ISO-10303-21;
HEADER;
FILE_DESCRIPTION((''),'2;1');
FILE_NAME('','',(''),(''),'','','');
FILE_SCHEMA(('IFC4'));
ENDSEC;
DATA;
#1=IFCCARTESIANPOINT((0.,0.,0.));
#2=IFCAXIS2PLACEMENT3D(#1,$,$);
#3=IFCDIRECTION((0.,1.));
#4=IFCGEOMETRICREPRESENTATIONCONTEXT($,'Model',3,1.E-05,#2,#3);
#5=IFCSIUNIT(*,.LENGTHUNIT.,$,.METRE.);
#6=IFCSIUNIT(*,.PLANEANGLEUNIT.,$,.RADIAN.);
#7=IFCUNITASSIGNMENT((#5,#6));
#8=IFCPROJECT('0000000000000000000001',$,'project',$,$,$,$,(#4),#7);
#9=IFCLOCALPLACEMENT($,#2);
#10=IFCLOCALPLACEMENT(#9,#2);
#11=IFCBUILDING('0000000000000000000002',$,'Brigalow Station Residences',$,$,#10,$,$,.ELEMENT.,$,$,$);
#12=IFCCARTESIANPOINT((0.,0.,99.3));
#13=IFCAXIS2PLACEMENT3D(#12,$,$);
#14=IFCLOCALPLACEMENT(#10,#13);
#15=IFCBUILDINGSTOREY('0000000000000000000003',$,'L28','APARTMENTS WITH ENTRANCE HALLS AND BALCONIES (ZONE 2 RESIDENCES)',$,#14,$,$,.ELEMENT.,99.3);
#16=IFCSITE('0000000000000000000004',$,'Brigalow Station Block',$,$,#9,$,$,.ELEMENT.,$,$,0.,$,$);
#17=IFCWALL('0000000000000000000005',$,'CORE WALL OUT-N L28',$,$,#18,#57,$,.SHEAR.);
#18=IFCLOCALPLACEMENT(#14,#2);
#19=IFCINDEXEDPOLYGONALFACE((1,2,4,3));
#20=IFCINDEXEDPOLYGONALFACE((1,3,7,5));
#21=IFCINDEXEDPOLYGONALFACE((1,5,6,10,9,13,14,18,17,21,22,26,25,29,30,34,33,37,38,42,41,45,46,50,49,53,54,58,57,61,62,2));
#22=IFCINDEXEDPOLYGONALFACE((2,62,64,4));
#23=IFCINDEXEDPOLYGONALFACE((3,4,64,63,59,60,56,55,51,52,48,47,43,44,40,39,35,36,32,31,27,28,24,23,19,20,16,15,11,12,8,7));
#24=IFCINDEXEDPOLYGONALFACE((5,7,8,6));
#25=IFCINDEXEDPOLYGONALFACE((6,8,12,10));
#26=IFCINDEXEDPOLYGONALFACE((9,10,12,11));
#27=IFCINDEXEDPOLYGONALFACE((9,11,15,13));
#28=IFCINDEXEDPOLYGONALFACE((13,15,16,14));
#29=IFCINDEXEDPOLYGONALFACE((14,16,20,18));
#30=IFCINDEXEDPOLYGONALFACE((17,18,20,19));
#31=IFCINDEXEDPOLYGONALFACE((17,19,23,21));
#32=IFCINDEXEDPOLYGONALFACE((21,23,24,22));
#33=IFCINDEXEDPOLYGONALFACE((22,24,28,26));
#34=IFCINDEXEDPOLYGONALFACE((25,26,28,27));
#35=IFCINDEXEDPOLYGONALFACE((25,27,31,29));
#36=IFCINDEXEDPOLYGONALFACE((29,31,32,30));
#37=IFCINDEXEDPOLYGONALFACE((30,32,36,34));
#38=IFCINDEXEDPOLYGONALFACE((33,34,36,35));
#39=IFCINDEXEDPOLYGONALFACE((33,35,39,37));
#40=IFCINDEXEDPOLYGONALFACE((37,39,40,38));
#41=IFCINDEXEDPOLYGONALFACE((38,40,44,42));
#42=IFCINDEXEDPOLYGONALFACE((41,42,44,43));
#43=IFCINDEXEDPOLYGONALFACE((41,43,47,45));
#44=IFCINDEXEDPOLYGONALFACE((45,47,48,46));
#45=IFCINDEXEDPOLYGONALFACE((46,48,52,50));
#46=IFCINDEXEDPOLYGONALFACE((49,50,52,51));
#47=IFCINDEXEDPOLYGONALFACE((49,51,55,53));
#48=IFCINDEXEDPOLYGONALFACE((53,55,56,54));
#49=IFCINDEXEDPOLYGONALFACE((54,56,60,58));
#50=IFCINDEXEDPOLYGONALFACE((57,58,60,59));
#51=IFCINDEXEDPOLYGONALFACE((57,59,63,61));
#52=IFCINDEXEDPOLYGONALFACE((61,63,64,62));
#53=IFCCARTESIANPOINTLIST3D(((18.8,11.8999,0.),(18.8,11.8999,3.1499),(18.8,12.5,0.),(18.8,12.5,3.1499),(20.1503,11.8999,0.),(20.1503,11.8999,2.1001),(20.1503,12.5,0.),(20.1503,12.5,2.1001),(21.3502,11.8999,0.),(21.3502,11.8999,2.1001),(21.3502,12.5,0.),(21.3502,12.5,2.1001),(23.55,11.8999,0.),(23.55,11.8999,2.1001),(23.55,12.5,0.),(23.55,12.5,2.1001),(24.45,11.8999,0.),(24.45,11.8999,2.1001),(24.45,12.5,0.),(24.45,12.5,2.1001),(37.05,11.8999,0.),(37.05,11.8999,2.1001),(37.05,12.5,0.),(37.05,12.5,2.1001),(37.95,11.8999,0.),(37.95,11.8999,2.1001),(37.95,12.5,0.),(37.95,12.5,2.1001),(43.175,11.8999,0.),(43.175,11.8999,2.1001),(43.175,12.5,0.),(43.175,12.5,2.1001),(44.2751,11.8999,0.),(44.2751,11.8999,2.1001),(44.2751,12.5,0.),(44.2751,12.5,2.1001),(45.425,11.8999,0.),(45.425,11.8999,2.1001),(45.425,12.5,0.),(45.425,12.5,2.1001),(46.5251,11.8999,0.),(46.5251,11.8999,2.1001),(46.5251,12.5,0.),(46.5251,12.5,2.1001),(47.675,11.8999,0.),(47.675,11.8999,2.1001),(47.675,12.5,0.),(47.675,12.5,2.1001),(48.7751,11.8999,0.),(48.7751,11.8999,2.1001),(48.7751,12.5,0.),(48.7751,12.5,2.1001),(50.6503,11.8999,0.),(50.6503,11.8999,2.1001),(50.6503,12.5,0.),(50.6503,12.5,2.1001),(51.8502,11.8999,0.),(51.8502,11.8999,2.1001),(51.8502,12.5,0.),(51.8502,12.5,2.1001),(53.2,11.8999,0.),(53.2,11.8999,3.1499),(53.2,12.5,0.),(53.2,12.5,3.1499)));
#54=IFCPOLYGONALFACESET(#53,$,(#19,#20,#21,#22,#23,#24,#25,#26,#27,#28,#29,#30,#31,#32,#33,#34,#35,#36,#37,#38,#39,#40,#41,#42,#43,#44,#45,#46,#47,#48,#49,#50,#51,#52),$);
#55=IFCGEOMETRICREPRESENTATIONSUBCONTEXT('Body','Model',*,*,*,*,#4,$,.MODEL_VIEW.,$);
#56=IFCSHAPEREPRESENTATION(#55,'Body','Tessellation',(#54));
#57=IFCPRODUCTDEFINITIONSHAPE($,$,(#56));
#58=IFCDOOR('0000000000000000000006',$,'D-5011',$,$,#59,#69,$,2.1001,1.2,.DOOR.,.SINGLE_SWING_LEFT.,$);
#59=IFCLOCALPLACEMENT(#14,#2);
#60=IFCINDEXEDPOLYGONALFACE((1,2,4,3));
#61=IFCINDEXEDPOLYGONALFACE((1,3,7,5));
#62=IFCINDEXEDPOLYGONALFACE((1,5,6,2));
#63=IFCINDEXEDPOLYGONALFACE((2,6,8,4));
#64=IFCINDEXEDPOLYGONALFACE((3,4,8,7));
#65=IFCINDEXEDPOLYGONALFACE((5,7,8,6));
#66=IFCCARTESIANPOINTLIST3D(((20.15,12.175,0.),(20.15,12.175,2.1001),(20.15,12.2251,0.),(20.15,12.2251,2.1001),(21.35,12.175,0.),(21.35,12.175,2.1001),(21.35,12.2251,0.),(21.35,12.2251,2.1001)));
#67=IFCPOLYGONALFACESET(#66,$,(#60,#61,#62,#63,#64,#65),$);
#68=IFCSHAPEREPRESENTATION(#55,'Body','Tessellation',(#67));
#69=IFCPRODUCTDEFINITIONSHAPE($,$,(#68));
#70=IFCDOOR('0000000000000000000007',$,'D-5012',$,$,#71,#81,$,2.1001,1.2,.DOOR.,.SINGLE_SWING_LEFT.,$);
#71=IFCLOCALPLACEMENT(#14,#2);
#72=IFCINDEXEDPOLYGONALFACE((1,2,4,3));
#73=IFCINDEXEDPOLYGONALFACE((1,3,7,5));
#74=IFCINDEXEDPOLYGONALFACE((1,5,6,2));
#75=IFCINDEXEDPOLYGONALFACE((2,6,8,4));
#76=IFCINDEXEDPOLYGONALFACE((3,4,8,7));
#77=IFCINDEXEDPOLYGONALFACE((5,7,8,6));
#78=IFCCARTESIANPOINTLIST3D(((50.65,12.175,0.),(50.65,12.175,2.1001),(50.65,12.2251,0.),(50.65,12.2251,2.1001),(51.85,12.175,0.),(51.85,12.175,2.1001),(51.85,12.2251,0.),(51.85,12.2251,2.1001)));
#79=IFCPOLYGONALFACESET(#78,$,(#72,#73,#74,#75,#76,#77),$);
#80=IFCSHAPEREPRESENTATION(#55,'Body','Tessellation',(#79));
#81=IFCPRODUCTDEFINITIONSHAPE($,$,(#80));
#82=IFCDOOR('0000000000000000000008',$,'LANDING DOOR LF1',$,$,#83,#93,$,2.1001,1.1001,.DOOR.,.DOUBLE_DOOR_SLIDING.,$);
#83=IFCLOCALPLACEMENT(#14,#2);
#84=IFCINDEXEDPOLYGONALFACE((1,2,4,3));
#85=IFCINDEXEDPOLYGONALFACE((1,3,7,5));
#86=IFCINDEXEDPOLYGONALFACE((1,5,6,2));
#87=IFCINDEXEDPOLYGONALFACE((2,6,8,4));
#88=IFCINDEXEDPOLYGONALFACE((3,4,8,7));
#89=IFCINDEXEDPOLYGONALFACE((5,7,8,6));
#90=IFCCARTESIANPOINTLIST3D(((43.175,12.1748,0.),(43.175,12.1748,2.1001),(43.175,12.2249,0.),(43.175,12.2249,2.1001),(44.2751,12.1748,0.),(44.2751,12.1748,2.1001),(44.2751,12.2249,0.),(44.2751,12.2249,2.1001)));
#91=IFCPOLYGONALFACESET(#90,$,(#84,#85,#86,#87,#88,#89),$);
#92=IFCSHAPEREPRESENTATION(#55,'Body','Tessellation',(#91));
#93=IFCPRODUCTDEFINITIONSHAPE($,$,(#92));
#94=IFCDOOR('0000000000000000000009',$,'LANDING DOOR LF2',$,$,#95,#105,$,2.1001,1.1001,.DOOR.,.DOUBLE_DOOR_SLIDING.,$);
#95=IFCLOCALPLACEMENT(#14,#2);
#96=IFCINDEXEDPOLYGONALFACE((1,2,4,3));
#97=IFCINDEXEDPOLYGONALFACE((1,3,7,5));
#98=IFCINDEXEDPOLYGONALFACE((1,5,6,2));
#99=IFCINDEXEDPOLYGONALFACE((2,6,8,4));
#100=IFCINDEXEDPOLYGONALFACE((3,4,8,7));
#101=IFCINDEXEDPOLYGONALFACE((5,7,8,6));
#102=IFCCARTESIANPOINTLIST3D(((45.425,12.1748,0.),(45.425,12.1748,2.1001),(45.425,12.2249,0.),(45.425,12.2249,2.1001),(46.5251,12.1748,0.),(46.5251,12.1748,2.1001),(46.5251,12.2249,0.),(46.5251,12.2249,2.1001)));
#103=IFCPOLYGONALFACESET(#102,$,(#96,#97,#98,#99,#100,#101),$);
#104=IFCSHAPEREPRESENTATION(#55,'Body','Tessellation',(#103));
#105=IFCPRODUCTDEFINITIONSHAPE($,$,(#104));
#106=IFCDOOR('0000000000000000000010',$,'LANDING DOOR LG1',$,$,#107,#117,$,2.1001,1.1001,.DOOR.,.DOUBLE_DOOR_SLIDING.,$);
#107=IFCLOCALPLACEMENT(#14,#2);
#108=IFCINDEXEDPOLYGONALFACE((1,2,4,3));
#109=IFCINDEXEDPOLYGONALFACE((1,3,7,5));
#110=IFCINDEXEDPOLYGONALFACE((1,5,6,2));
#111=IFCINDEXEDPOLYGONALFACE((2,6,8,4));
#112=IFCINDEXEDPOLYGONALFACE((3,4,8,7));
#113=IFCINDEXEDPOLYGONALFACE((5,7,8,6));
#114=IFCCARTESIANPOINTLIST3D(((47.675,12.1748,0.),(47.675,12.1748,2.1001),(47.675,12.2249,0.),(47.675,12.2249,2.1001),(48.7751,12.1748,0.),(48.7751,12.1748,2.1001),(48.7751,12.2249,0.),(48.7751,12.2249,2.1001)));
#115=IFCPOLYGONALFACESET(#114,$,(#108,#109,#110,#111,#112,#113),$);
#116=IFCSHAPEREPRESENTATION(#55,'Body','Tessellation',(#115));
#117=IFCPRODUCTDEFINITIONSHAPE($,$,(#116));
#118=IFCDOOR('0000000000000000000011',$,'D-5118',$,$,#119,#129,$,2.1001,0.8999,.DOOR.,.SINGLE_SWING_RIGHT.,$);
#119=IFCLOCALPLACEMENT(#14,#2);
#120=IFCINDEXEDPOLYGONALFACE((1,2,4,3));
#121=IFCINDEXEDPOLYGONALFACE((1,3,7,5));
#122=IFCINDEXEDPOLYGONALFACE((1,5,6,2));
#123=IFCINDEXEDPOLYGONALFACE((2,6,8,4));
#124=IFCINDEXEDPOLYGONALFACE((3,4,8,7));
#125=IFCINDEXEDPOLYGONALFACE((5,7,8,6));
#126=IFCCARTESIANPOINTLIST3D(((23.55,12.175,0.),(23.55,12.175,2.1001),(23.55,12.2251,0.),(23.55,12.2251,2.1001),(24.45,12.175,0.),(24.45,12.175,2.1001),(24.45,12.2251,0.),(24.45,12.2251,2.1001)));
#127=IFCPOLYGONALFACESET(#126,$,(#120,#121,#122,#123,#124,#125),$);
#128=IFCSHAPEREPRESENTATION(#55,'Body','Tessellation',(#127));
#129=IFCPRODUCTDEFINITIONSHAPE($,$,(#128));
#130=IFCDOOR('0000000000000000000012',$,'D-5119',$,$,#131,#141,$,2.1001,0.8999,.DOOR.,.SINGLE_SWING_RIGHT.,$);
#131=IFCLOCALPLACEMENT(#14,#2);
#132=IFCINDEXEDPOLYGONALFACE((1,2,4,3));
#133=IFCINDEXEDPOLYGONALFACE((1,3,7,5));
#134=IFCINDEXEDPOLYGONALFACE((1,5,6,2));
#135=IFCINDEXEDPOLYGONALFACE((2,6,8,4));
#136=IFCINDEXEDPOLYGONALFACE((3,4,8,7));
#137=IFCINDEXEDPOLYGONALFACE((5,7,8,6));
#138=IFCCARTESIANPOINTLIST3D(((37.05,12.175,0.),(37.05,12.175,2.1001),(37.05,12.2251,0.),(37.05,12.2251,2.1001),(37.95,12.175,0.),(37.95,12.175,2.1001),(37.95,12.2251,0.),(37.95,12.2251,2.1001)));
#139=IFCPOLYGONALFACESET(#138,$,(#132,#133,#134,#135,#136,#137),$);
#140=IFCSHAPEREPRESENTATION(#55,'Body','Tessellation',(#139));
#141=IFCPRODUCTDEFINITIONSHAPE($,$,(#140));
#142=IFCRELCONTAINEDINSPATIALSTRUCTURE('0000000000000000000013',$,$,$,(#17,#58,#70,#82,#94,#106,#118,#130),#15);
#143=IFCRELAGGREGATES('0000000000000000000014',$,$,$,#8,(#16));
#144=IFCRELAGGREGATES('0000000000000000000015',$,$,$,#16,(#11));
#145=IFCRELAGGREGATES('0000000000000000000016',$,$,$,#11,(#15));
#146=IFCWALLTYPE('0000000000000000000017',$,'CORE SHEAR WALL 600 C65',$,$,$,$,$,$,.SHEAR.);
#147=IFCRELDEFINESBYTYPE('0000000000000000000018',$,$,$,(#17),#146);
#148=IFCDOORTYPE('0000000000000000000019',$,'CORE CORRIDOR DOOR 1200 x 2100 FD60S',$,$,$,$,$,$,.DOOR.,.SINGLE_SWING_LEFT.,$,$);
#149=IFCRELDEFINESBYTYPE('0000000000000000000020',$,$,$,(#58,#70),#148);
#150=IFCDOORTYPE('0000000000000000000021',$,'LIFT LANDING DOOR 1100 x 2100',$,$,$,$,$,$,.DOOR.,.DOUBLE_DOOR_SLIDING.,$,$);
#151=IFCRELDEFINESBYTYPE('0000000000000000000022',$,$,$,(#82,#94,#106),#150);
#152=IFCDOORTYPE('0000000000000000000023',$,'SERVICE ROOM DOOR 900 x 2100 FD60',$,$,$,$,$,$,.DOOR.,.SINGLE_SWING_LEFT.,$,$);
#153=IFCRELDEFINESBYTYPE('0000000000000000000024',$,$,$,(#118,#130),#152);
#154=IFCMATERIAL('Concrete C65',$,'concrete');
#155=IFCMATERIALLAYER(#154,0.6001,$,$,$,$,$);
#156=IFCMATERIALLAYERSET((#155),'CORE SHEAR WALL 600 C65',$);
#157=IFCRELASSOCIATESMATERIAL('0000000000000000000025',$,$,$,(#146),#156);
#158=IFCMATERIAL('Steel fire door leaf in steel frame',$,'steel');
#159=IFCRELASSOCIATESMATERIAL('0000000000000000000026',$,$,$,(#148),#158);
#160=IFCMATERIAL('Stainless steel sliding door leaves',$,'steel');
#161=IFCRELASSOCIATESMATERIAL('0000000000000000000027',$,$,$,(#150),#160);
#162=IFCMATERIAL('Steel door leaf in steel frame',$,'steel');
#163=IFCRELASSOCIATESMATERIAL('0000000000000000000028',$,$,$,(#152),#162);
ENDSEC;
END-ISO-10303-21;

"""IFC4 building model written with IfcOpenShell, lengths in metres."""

from ifc_helpers import new_model, si_unit, direction, frame, frame_2d, origin, place, context, subcontext, project, spatial, rectangle, extrude, material, layer, layer_set, type_object, element, fill, save


model = new_model("IFC4")

# Units and contexts
model_context = context("Model", 3, precision=1e-05, world=origin(), true_north=direction((0.0, 1.0)))
body_context = subcontext(model_context, "Body", "Model", "MODEL_VIEW")
ifc_project = project(units=[si_unit("LENGTHUNIT", "METRE"), si_unit("PLANEANGLEUNIT", "RADIAN")], contexts=[model_context])

# Site, building, storey
site_placement = place(None, origin())
site = spatial("IfcSite", under=ifc_project, at=site_placement, Name="Brigalow Station Block", CompositionType="ELEMENT", RefElevation=0.0)
building_placement = place(site_placement, origin())
building = spatial("IfcBuilding", under=site, at=building_placement, Name="Brigalow Station Residences", CompositionType="ELEMENT")
storey_placement = place(building_placement, frame((0.0, 0.0, 99.3)))
storey = spatial("IfcBuildingStorey", under=building, at=storey_placement, Name="L28", Description="APARTMENTS WITH ENTRANCE HALLS AND BALCONIES (ZONE 2 RESIDENCES)", CompositionType="ELEMENT", Elevation=99.3)

# Wall, openings, doors
ifc_material_1 = material(Name="Concrete C65", Category="concrete")
ifc_layer_1 = layer(ifc_material_1, 0.6001)
ifc_layer_set_1 = layer_set([ifc_layer_1], Name="CORE SHEAR WALL 600 C65")
wall_type_1 = type_object("IfcWallType", Name="CORE SHEAR WALL 600 C65", PredefinedType="SHEAR", material=ifc_layer_set_1)
wall_1_placement = place(storey_placement, frame((18.8, 12.2, 0.0), z_axis=(0.0, 0.0, 1.0), x_axis=(1.0, 0.0, 0.0)))
wall_1 = element("IfcWall", 1, at=wall_1_placement, inside=storey, type_object=wall_type_1, Name="CORE WALL OUT-N L28", PredefinedType="SHEAR", context=body_context, shape_type="SweptSolid", body=[
    extrude(rectangle(XDim=34.3999, YDim=0.6001, at=frame_2d((17.2, 0.0))), origin(), (0.0, 0.0, 1.0), 3.1499),
])
opening_1_placement = place(wall_1_placement, frame((24.375, 0.0, 0.0)))
opening_1 = element("IfcOpeningElement", 2, at=opening_1_placement, cuts=wall_1, PredefinedType="OPENING", context=body_context, shape_type="SweptSolid", body=[
    extrude(rectangle(XDim=1.1001, YDim=2.1001, at=frame_2d((0.55, 1.05))), frame((0.0, 0.3101, 0.0), z_axis=(0.0, -1.0, 0.0), x_axis=(1.0, 0.0, 0.0)), (0.0, 0.0, 1.0), 0.6201),
])
opening_2_placement = place(wall_1_placement, frame((26.625, 0.0, 0.0)))
opening_2 = element("IfcOpeningElement", 3, at=opening_2_placement, cuts=wall_1, PredefinedType="OPENING", context=body_context, shape_type="SweptSolid", body=[
    extrude(rectangle(XDim=1.1001, YDim=2.1001, at=frame_2d((0.55, 1.05))), frame((0.0, 0.3101, 0.0), z_axis=(0.0, -1.0, 0.0), x_axis=(1.0, 0.0, 0.0)), (0.0, 0.0, 1.0), 0.6201),
])
opening_3_placement = place(wall_1_placement, frame((28.875, 0.0, 0.0)))
opening_3 = element("IfcOpeningElement", 4, at=opening_3_placement, cuts=wall_1, PredefinedType="OPENING", context=body_context, shape_type="SweptSolid", body=[
    extrude(rectangle(XDim=1.1001, YDim=2.1001, at=frame_2d((0.55, 1.05))), frame((0.0, 0.3101, 0.0), z_axis=(0.0, -1.0, 0.0), x_axis=(1.0, 0.0, 0.0)), (0.0, 0.0, 1.0), 0.6201),
])
opening_4_placement = place(wall_1_placement, frame((4.75, 0.0, 0.0)))
opening_4 = element("IfcOpeningElement", 5, at=opening_4_placement, cuts=wall_1, PredefinedType="OPENING", context=body_context, shape_type="SweptSolid", body=[
    extrude(rectangle(XDim=0.8999, YDim=2.1001, at=frame_2d((0.45, 1.05))), frame((0.0, 0.3101, 0.0), z_axis=(0.0, -1.0, 0.0), x_axis=(1.0, 0.0, 0.0)), (0.0, 0.0, 1.0), 0.6201),
])
opening_5_placement = place(wall_1_placement, frame((18.25, 0.0, 0.0)))
opening_5 = element("IfcOpeningElement", 6, at=opening_5_placement, cuts=wall_1, PredefinedType="OPENING", context=body_context, shape_type="SweptSolid", body=[
    extrude(rectangle(XDim=0.8999, YDim=2.1001, at=frame_2d((0.45, 1.05))), frame((0.0, 0.3101, 0.0), z_axis=(0.0, -1.0, 0.0), x_axis=(1.0, 0.0, 0.0)), (0.0, 0.0, 1.0), 0.6201),
])
opening_6_placement = place(wall_1_placement, frame((1.3501, 0.0, 0.0)))
opening_6 = element("IfcOpeningElement", 7, at=opening_6_placement, cuts=wall_1, PredefinedType="OPENING", context=body_context, shape_type="SweptSolid", body=[
    extrude(rectangle(XDim=1.2, YDim=2.1001, at=frame_2d((0.6001, 1.05))), frame((0.0, 0.3101, 0.0), z_axis=(0.0, -1.0, 0.0), x_axis=(1.0, 0.0, 0.0)), (0.0, 0.0, 1.0), 0.6201),
])
opening_7_placement = place(wall_1_placement, frame((31.8501, 0.0, 0.0)))
opening_7 = element("IfcOpeningElement", 8, at=opening_7_placement, cuts=wall_1, PredefinedType="OPENING", context=body_context, shape_type="SweptSolid", body=[
    extrude(rectangle(XDim=1.2, YDim=2.1001, at=frame_2d((0.6001, 1.05))), frame((0.0, 0.3101, 0.0), z_axis=(0.0, -1.0, 0.0), x_axis=(1.0, 0.0, 0.0)), (0.0, 0.0, 1.0), 0.6201),
])
ifc_material_2 = material(Name="Steel fire door leaf in steel frame", Category="steel")
door_type_1 = type_object("IfcDoorType", Name="CORE CORRIDOR DOOR 1200 x 2100 FD60S", OperationType="SINGLE_SWING_LEFT", PredefinedType="DOOR", material=ifc_material_2)
door_1_placement = place(opening_6_placement, frame((1.2, 0.0, 0.0), z_axis=(0.0, 0.0, 1.0), x_axis=(-1.0, 0.0, 0.0)))
door_1 = element("IfcDoor", 9, at=door_1_placement, inside=storey, type_object=door_type_1, Name="D-5011", OperationType="SINGLE_SWING_LEFT", OverallHeight=2.1001, OverallWidth=1.2, PredefinedType="DOOR", context=body_context, shape_type="SweptSolid", body=[
    extrude(rectangle(XDim=1.2, YDim=2.1001, at=frame_2d((0.6001, 1.05))), frame((0.0, 0.0249, 0.0), z_axis=(0.0, -1.0, 0.0), x_axis=(1.0, 0.0, 0.0)), (0.0, 0.0, 1.0), 0.05),
])
fill(opening_6, door_1)
door_2_placement = place(opening_7_placement, frame((1.2, 0.0, 0.0), z_axis=(0.0, 0.0, 1.0), x_axis=(-1.0, 0.0, 0.0)))
door_2 = element("IfcDoor", 10, at=door_2_placement, inside=storey, type_object=door_type_1, Name="D-5012", OperationType="SINGLE_SWING_LEFT", OverallHeight=2.1001, OverallWidth=1.2, PredefinedType="DOOR", context=body_context, shape_type="SweptSolid", body=[
    extrude(rectangle(XDim=1.2, YDim=2.1001, at=frame_2d((0.6001, 1.05))), frame((0.0, 0.0249, 0.0), z_axis=(0.0, -1.0, 0.0), x_axis=(1.0, 0.0, 0.0)), (0.0, 0.0, 1.0), 0.05),
])
fill(opening_7, door_2)
ifc_material_3 = material(Name="Stainless steel sliding door leaves", Category="steel")
door_type_2 = type_object("IfcDoorType", Name="LIFT LANDING DOOR 1100 x 2100", OperationType="DOUBLE_DOOR_SLIDING", PredefinedType="DOOR", material=ifc_material_3)
door_3_placement = place(opening_1_placement, origin())
door_3 = element("IfcDoor", 11, at=door_3_placement, inside=storey, type_object=door_type_2, Name="LANDING DOOR LF1", OperationType="DOUBLE_DOOR_SLIDING", OverallHeight=2.1001, OverallWidth=1.1001, PredefinedType="DOOR", context=body_context, shape_type="SweptSolid", body=[
    extrude(rectangle(XDim=1.1001, YDim=2.1001, at=frame_2d((0.55, 1.05))), frame((0.0, 0.0249, 0.0), z_axis=(0.0, -1.0, 0.0), x_axis=(1.0, 0.0, 0.0)), (0.0, 0.0, 1.0), 0.05),
])
fill(opening_1, door_3)
door_4_placement = place(opening_2_placement, origin())
door_4 = element("IfcDoor", 12, at=door_4_placement, inside=storey, type_object=door_type_2, Name="LANDING DOOR LF2", OperationType="DOUBLE_DOOR_SLIDING", OverallHeight=2.1001, OverallWidth=1.1001, PredefinedType="DOOR", context=body_context, shape_type="SweptSolid", body=[
    extrude(rectangle(XDim=1.1001, YDim=2.1001, at=frame_2d((0.55, 1.05))), frame((0.0, 0.0249, 0.0), z_axis=(0.0, -1.0, 0.0), x_axis=(1.0, 0.0, 0.0)), (0.0, 0.0, 1.0), 0.05),
])
fill(opening_2, door_4)
door_5_placement = place(opening_3_placement, origin())
door_5 = element("IfcDoor", 13, at=door_5_placement, inside=storey, type_object=door_type_2, Name="LANDING DOOR LG1", OperationType="DOUBLE_DOOR_SLIDING", OverallHeight=2.1001, OverallWidth=1.1001, PredefinedType="DOOR", context=body_context, shape_type="SweptSolid", body=[
    extrude(rectangle(XDim=1.1001, YDim=2.1001, at=frame_2d((0.55, 1.05))), frame((0.0, 0.0249, 0.0), z_axis=(0.0, -1.0, 0.0), x_axis=(1.0, 0.0, 0.0)), (0.0, 0.0, 1.0), 0.05),
])
fill(opening_3, door_5)
ifc_material_4 = material(Name="Steel door leaf in steel frame", Category="steel")
door_type_3 = type_object("IfcDoorType", Name="SERVICE ROOM DOOR 900 x 2100 FD60", OperationType="SINGLE_SWING_LEFT", PredefinedType="DOOR", material=ifc_material_4)
door_6_placement = place(opening_4_placement, frame((0.8999, 0.0, 0.0), z_axis=(0.0, 0.0, 1.0), x_axis=(-1.0, 0.0, 0.0)))
door_6 = element("IfcDoor", 14, at=door_6_placement, inside=storey, type_object=door_type_3, Name="D-5118", OperationType="SINGLE_SWING_RIGHT", OverallHeight=2.1001, OverallWidth=0.8999, PredefinedType="DOOR", context=body_context, shape_type="SweptSolid", body=[
    extrude(rectangle(XDim=0.8999, YDim=2.1001, at=frame_2d((0.45, 1.05))), frame((0.0, 0.0249, 0.0), z_axis=(0.0, -1.0, 0.0), x_axis=(1.0, 0.0, 0.0)), (0.0, 0.0, 1.0), 0.05),
])
fill(opening_4, door_6)
door_7_placement = place(opening_5_placement, frame((0.8999, 0.0, 0.0), z_axis=(0.0, 0.0, 1.0), x_axis=(-1.0, 0.0, 0.0)))
door_7 = element("IfcDoor", 15, at=door_7_placement, inside=storey, type_object=door_type_3, Name="D-5119", OperationType="SINGLE_SWING_RIGHT", OverallHeight=2.1001, OverallWidth=0.8999, PredefinedType="DOOR", context=body_context, shape_type="SweptSolid", body=[
    extrude(rectangle(XDim=0.8999, YDim=2.1001, at=frame_2d((0.45, 1.05))), frame((0.0, 0.0249, 0.0), z_axis=(0.0, -1.0, 0.0), x_axis=(1.0, 0.0, 0.0)), (0.0, 0.0, 1.0), 0.05),
])
fill(opening_5, door_7)

save(model, "model.ifc")
